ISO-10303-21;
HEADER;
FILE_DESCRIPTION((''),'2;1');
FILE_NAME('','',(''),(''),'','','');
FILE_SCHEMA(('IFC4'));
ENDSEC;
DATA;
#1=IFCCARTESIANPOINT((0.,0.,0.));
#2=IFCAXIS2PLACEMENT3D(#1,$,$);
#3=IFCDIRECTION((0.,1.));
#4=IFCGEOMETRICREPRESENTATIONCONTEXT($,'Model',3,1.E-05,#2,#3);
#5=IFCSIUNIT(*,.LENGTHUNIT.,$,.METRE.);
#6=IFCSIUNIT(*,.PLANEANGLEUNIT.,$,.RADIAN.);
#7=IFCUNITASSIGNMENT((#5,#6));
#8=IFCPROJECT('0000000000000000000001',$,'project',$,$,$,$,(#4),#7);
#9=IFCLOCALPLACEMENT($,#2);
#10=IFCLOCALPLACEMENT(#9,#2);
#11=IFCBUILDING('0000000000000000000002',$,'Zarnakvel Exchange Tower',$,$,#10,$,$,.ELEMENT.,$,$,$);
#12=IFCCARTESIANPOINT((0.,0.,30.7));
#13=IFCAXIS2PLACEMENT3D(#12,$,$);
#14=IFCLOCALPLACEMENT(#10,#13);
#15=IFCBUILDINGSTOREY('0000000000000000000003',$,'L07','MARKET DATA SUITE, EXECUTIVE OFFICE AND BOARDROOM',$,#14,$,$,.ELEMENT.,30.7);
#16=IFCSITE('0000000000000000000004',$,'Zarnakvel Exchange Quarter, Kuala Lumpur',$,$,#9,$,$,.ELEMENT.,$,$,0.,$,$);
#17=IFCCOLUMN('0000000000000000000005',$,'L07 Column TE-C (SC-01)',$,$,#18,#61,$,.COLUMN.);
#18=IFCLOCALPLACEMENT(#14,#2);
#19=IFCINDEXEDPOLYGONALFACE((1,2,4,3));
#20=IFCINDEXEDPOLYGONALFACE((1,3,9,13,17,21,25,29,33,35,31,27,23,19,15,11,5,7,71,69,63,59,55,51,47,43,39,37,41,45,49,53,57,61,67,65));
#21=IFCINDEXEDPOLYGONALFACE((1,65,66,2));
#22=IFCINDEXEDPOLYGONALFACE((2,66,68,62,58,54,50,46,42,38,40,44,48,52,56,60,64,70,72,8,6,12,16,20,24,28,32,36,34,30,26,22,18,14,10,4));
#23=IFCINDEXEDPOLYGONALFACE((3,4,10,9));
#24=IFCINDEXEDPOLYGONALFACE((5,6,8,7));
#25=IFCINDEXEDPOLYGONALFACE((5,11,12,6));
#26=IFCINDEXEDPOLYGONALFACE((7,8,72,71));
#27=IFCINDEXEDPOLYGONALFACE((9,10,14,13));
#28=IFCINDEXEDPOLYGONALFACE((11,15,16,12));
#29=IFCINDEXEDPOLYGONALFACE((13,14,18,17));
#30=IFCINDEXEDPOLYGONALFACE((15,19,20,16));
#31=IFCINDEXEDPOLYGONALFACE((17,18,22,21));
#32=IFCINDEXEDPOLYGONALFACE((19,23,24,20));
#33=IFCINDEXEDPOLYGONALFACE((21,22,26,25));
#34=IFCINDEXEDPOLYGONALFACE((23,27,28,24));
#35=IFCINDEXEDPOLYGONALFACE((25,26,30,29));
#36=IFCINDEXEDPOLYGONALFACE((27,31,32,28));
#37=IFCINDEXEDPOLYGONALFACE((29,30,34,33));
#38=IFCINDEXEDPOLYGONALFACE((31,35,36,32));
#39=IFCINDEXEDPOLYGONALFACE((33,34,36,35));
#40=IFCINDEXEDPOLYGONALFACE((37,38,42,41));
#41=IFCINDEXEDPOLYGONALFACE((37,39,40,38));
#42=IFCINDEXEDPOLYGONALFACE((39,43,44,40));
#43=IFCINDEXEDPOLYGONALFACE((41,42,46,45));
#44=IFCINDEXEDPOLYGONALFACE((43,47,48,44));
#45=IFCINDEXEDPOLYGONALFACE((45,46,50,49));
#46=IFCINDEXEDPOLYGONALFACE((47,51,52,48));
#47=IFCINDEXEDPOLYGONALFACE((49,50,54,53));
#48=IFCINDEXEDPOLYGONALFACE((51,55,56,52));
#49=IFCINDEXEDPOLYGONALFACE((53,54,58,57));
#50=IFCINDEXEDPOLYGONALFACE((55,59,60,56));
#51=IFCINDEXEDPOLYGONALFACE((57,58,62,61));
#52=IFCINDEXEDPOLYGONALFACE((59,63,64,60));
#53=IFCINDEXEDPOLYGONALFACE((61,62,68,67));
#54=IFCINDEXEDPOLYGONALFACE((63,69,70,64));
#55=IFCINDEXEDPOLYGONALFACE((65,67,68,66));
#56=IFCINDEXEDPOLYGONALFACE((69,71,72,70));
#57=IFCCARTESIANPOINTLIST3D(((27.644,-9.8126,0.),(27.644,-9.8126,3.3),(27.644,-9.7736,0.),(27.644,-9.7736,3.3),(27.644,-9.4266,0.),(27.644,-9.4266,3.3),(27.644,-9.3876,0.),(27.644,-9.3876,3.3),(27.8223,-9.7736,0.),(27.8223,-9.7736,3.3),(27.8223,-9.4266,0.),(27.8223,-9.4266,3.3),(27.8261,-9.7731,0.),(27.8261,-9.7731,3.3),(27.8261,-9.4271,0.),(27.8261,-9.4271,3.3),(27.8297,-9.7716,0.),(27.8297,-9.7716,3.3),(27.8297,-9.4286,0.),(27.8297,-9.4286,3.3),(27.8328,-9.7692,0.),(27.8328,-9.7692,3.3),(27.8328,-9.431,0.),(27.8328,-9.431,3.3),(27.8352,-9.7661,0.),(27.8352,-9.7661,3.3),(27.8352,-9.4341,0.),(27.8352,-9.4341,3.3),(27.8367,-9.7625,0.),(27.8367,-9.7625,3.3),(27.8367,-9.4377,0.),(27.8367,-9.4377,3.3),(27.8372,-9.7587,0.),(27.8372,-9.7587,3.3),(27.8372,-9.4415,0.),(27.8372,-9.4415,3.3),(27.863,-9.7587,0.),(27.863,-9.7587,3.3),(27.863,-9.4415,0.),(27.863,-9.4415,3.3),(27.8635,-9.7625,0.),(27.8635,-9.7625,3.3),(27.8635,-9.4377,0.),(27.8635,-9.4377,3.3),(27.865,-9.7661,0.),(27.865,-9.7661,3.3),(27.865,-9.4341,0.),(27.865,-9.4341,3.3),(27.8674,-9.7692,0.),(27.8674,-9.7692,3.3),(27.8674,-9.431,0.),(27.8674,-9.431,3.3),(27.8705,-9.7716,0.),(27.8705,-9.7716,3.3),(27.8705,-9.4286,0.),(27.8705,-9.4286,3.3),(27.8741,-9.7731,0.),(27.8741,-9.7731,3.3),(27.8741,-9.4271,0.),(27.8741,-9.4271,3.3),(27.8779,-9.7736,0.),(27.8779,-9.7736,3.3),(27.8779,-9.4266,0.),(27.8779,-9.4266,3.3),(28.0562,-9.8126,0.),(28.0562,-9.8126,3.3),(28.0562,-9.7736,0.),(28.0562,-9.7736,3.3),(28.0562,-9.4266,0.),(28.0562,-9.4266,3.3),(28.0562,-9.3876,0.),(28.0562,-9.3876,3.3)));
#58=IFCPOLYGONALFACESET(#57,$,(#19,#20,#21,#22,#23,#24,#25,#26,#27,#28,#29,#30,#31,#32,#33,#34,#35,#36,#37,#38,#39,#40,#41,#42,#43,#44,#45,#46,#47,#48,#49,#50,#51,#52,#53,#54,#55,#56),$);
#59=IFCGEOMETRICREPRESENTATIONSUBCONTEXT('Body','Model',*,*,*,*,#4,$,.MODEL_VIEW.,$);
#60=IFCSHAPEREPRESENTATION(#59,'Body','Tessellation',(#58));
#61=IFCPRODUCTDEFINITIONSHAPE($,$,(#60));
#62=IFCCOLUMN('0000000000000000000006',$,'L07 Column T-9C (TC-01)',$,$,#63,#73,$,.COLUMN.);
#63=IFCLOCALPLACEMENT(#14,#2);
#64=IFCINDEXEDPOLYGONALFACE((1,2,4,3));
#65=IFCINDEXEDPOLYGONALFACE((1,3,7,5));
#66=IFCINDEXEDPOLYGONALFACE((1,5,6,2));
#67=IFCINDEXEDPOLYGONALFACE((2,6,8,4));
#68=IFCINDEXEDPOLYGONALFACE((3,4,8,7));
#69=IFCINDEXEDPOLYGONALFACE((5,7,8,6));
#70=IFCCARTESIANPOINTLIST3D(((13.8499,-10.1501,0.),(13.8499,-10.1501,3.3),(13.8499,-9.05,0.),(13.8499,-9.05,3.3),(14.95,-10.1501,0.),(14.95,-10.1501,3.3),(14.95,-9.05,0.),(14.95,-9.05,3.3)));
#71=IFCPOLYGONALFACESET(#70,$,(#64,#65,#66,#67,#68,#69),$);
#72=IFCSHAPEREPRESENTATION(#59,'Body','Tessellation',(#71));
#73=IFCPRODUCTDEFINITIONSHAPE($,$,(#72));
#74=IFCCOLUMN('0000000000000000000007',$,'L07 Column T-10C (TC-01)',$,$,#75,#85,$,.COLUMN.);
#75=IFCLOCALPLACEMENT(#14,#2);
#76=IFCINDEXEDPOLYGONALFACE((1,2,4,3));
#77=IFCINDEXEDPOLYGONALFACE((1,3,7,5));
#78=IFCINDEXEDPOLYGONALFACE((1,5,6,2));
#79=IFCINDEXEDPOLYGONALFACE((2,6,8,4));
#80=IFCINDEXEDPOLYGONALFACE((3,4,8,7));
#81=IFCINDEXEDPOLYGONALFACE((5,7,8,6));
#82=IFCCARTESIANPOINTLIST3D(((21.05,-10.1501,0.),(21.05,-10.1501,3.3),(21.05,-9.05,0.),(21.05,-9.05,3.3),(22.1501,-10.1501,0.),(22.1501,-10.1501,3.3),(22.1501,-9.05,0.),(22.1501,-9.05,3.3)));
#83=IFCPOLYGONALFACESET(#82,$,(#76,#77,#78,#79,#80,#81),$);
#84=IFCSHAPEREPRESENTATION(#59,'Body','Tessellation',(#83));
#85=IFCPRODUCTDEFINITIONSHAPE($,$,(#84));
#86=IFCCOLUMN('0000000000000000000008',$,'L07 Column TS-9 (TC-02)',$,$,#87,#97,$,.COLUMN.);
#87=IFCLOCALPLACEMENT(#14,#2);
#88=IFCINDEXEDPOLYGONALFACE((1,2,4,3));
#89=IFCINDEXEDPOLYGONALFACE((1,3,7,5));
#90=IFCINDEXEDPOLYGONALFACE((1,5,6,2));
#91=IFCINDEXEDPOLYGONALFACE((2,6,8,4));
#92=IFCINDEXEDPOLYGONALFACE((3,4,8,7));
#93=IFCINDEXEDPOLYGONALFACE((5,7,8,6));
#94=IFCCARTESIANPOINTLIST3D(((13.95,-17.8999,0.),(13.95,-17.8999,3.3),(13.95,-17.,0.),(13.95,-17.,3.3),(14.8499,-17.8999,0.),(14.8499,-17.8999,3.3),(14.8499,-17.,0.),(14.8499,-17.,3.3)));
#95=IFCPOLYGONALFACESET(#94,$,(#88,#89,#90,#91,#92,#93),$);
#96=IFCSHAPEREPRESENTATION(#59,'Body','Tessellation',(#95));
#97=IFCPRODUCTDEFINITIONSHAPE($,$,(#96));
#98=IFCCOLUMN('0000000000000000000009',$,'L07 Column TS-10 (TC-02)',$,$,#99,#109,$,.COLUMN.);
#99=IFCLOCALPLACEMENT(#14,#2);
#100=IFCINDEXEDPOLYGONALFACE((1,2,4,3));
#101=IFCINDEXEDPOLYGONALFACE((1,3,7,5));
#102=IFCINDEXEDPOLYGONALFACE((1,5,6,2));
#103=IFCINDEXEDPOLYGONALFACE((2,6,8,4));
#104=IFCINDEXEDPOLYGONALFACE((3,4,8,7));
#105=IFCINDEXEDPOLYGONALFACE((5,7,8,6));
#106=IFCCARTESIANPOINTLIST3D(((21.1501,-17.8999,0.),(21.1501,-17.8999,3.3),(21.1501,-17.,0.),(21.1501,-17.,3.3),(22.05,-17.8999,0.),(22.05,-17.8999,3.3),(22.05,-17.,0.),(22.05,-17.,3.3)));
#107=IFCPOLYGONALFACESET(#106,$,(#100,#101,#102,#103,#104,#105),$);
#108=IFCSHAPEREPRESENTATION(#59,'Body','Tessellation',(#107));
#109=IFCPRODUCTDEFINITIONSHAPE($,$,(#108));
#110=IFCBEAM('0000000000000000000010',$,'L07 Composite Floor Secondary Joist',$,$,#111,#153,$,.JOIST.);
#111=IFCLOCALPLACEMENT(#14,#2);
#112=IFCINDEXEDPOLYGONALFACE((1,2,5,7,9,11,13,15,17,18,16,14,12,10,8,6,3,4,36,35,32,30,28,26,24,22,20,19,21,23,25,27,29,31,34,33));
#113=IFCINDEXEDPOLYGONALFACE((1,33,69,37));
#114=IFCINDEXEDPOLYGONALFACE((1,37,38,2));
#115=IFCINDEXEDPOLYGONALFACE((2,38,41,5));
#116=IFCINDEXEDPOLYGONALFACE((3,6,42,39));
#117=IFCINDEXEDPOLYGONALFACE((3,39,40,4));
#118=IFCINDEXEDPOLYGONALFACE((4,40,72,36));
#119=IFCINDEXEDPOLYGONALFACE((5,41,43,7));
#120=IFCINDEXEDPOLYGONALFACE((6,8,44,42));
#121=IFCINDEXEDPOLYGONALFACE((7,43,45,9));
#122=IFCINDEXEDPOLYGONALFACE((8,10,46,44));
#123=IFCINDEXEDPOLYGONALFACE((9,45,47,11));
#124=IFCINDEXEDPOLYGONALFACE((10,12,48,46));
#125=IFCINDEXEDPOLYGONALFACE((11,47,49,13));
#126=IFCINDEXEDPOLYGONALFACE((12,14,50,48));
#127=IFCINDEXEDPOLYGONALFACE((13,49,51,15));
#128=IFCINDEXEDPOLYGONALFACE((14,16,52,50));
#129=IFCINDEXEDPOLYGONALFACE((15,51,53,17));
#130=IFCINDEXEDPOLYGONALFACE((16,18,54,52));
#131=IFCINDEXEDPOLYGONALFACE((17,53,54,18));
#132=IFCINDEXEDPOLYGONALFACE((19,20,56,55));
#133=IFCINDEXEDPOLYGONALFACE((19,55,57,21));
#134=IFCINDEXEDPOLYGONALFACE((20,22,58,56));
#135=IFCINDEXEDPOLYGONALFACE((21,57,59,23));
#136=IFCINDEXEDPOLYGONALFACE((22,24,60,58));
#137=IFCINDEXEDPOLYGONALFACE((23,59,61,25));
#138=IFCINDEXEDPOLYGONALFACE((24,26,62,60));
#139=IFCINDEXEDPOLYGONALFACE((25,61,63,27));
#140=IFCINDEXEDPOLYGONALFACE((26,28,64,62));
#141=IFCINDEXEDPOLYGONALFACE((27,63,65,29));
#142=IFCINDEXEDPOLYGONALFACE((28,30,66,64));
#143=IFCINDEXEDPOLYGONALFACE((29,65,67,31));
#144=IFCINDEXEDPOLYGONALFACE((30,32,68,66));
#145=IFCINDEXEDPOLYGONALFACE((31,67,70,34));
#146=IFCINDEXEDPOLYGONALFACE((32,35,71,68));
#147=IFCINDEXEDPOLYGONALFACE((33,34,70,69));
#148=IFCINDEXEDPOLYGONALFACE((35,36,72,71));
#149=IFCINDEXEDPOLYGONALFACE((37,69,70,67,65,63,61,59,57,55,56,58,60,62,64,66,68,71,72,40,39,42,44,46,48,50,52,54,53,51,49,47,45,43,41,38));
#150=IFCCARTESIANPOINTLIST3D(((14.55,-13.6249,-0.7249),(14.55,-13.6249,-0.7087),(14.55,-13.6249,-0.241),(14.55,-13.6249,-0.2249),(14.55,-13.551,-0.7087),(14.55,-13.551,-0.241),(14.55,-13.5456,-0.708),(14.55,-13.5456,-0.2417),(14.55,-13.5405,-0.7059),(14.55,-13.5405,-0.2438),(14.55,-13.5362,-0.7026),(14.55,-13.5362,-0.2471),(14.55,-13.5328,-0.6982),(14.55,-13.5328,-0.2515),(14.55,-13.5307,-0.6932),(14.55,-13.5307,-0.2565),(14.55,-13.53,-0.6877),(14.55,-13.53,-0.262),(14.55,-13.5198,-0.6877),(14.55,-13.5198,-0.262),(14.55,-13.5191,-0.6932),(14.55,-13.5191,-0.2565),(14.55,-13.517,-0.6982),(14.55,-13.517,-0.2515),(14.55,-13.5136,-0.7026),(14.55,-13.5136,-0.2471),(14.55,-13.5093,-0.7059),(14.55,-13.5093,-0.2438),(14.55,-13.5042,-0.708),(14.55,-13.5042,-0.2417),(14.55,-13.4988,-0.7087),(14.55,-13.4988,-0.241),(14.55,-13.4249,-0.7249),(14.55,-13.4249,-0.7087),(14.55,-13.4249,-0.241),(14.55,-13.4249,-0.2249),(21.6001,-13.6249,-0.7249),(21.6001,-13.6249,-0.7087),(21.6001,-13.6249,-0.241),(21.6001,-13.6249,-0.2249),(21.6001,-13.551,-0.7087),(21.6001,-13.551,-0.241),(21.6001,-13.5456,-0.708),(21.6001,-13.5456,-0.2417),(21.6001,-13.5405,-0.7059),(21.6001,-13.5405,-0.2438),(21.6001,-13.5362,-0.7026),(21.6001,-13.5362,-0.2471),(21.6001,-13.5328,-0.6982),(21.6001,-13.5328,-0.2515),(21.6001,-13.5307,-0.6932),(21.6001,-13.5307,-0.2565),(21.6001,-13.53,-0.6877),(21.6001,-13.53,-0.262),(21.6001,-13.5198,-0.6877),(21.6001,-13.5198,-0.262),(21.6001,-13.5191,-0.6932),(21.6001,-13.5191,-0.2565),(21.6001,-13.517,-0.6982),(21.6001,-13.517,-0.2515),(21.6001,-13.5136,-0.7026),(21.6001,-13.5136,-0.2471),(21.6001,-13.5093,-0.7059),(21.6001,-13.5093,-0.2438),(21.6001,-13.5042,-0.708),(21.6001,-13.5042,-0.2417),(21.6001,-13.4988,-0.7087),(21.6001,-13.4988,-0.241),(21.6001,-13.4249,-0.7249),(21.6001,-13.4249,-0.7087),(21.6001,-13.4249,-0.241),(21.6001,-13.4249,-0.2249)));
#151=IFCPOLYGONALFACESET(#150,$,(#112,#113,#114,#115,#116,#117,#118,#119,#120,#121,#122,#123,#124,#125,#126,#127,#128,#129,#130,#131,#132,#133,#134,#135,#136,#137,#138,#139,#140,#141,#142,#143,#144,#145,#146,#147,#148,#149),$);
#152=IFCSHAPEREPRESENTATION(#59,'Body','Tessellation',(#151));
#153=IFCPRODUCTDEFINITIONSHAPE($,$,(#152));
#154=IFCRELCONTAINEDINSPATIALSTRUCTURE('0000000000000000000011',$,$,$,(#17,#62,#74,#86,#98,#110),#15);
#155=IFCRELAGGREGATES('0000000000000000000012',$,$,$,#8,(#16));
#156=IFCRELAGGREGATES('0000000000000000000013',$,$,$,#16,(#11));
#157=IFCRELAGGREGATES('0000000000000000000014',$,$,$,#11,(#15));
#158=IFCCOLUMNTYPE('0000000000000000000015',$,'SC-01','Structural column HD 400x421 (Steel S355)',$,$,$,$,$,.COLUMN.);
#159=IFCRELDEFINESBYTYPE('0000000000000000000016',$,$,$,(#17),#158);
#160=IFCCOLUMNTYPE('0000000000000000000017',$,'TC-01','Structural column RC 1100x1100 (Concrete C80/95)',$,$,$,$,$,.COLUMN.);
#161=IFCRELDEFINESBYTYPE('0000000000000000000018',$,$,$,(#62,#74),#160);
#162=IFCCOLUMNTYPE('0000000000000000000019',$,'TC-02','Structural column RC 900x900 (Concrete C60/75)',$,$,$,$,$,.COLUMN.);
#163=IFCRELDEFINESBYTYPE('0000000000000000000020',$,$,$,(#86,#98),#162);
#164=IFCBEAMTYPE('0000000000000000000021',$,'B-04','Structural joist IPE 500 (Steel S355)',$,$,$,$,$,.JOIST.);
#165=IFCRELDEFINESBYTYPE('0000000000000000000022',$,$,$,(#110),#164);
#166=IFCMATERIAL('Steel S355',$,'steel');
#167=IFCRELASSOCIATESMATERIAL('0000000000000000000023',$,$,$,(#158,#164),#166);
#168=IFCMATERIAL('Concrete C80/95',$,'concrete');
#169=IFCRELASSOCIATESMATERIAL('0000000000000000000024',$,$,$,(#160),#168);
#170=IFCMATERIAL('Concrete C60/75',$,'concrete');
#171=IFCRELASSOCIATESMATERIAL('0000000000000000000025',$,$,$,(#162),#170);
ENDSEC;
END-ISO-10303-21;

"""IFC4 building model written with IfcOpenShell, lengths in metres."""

from ifc_helpers import new_model, si_unit, direction, frame, origin, origin_2d, place, context, subcontext, project, spatial, rectangle, i_section, extrude, material, material_profile, profile_set, type_object, element, save


model = new_model("IFC4")

# Units and contexts
model_context = context("Model", 3, precision=1e-05, world=origin(), true_north=direction((0.0, 1.0)))
body_context = subcontext(model_context, "Body", "Model", "MODEL_VIEW")
ifc_project = project(units=[si_unit("LENGTHUNIT", "METRE"), si_unit("PLANEANGLEUNIT", "RADIAN")], contexts=[model_context])

# Site, building, storey
site_placement = place(None, origin())
site = spatial("IfcSite", under=ifc_project, at=site_placement, Name="Zarnakvel Exchange Quarter, Kuala Lumpur", CompositionType="ELEMENT", RefElevation=0.0)
building_placement = place(site_placement, origin())
building = spatial("IfcBuilding", under=site, at=building_placement, Name="Zarnakvel Exchange Tower", CompositionType="ELEMENT")
storey_placement = place(building_placement, frame((0.0, 0.0, 30.7)))
storey = spatial("IfcBuildingStorey", under=building, at=storey_placement, Name="L07", Description="MARKET DATA SUITE, EXECUTIVE OFFICE AND BOARDROOM", CompositionType="ELEMENT", Elevation=30.7)

# Columns
ifc_material_1 = material(Name="Steel S355", Category="steel")
ifc_material_profile_1 = material_profile(ifc_material_1, i_section(OverallWidth=0.4121, OverallDepth=0.425, WebThickness=0.0259, FlangeThickness=0.0391, FilletRadius=0.0149, at=origin_2d()))
ifc_profile_set_1 = profile_set([ifc_material_profile_1], Name="Steel S355")
column_type_1 = type_object("IfcColumnType", Name="SC-01", Description="Structural column HD 400x421 (Steel S355)", PredefinedType="COLUMN", material=ifc_profile_set_1)
column_placement = place(storey_placement, frame((27.8501, -9.6001, 0.0), z_axis=(0.0, 0.0, 1.0), x_axis=(1.0, 0.0, 0.0)))
element("IfcColumn", 1, at=column_placement, inside=storey, type_object=column_type_1, Name="L07 Column TE-C (SC-01)", PredefinedType="COLUMN", context=body_context, shape_type="SweptSolid", body=[
    extrude(i_section(OverallWidth=0.4121, OverallDepth=0.425, WebThickness=0.0259, FlangeThickness=0.0391, FilletRadius=0.0149, at=origin_2d()), origin(), (0.0, 0.0, 1.0), 3.3),
])
ifc_material_2 = material(Name="Concrete C80/95", Category="concrete")
ifc_material_profile_2 = material_profile(ifc_material_2, rectangle(XDim=1.1001, YDim=1.1001, at=origin_2d()))
ifc_profile_set_2 = profile_set([ifc_material_profile_2], Name="Concrete C80/95")
column_type_2 = type_object("IfcColumnType", Name="TC-01", Description="Structural column RC 1100x1100 (Concrete C80/95)", PredefinedType="COLUMN", material=ifc_profile_set_2)
for number, where, z_axis, x_axis, name in (
    (2, (14.3999, -9.6001, 0.0), (0.0, 0.0, 1.0), (1.0, 0.0, 0.0), "L07 Column T-9C (TC-01)"),
    (3, (21.6001, -9.6001, 0.0), (0.0, 0.0, 1.0), (1.0, 0.0, 0.0), "L07 Column T-10C (TC-01)"),
):
    element("IfcColumn", number, at=place(storey_placement, frame(where, z_axis=z_axis, x_axis=x_axis)), inside=storey, type_object=column_type_2, Name=name, PredefinedType="COLUMN", context=body_context, shape_type="SweptSolid", body=[
        extrude(rectangle(XDim=1.1001, YDim=1.1001, at=origin_2d()), origin(), (0.0, 0.0, 1.0), 3.3),
    ])
ifc_material_3 = material(Name="Concrete C60/75", Category="concrete")
ifc_material_profile_3 = material_profile(ifc_material_3, rectangle(XDim=0.8999, YDim=0.8999, at=origin_2d()))
ifc_profile_set_3 = profile_set([ifc_material_profile_3], Name="Concrete C60/75")
column_type_3 = type_object("IfcColumnType", Name="TC-02", Description="Structural column RC 900x900 (Concrete C60/75)", PredefinedType="COLUMN", material=ifc_profile_set_3)
for number, where, z_axis, x_axis, name in (
    (4, (14.3999, -17.45, 0.0), (0.0, 0.0, 1.0), (1.0, 0.0, 0.0), "L07 Column TS-9 (TC-02)"),
    (5, (21.6001, -17.45, 0.0), (0.0, 0.0, 1.0), (1.0, 0.0, 0.0), "L07 Column TS-10 (TC-02)"),
):
    element("IfcColumn", number, at=place(storey_placement, frame(where, z_axis=z_axis, x_axis=x_axis)), inside=storey, type_object=column_type_3, Name=name, PredefinedType="COLUMN", context=body_context, shape_type="SweptSolid", body=[
        extrude(rectangle(XDim=0.8999, YDim=0.8999, at=origin_2d()), origin(), (0.0, 0.0, 1.0), 3.3),
    ])

# Beam
ifc_material_profile_4 = material_profile(ifc_material_1, i_section(OverallWidth=0.2, OverallDepth=0.5, WebThickness=0.0103, FlangeThickness=0.0161, FilletRadius=0.021, at=origin_2d()))
ifc_profile_set_4 = profile_set([ifc_material_profile_4], Name="Steel S355")
beam_type_1 = type_object("IfcBeamType", Name="B-04", Description="Structural joist IPE 500 (Steel S355)", PredefinedType="JOIST", material=ifc_profile_set_4)
beam_1_placement = place(storey_placement, frame((14.55, -13.5249, -0.4749), z_axis=(1.0, 0.0, 0.0), x_axis=(0.0, 1.0, 0.0)))
element("IfcBeam", 6, at=beam_1_placement, inside=storey, type_object=beam_type_1, Name="L07 Composite Floor Secondary Joist", PredefinedType="JOIST", context=body_context, shape_type="SweptSolid", body=[
    extrude(i_section(OverallWidth=0.2, OverallDepth=0.5, WebThickness=0.0103, FlangeThickness=0.0161, FilletRadius=0.021, at=origin_2d()), origin(), (0.0, 0.0, 1.0), 7.05),
])

save(model, "model.ifc")
